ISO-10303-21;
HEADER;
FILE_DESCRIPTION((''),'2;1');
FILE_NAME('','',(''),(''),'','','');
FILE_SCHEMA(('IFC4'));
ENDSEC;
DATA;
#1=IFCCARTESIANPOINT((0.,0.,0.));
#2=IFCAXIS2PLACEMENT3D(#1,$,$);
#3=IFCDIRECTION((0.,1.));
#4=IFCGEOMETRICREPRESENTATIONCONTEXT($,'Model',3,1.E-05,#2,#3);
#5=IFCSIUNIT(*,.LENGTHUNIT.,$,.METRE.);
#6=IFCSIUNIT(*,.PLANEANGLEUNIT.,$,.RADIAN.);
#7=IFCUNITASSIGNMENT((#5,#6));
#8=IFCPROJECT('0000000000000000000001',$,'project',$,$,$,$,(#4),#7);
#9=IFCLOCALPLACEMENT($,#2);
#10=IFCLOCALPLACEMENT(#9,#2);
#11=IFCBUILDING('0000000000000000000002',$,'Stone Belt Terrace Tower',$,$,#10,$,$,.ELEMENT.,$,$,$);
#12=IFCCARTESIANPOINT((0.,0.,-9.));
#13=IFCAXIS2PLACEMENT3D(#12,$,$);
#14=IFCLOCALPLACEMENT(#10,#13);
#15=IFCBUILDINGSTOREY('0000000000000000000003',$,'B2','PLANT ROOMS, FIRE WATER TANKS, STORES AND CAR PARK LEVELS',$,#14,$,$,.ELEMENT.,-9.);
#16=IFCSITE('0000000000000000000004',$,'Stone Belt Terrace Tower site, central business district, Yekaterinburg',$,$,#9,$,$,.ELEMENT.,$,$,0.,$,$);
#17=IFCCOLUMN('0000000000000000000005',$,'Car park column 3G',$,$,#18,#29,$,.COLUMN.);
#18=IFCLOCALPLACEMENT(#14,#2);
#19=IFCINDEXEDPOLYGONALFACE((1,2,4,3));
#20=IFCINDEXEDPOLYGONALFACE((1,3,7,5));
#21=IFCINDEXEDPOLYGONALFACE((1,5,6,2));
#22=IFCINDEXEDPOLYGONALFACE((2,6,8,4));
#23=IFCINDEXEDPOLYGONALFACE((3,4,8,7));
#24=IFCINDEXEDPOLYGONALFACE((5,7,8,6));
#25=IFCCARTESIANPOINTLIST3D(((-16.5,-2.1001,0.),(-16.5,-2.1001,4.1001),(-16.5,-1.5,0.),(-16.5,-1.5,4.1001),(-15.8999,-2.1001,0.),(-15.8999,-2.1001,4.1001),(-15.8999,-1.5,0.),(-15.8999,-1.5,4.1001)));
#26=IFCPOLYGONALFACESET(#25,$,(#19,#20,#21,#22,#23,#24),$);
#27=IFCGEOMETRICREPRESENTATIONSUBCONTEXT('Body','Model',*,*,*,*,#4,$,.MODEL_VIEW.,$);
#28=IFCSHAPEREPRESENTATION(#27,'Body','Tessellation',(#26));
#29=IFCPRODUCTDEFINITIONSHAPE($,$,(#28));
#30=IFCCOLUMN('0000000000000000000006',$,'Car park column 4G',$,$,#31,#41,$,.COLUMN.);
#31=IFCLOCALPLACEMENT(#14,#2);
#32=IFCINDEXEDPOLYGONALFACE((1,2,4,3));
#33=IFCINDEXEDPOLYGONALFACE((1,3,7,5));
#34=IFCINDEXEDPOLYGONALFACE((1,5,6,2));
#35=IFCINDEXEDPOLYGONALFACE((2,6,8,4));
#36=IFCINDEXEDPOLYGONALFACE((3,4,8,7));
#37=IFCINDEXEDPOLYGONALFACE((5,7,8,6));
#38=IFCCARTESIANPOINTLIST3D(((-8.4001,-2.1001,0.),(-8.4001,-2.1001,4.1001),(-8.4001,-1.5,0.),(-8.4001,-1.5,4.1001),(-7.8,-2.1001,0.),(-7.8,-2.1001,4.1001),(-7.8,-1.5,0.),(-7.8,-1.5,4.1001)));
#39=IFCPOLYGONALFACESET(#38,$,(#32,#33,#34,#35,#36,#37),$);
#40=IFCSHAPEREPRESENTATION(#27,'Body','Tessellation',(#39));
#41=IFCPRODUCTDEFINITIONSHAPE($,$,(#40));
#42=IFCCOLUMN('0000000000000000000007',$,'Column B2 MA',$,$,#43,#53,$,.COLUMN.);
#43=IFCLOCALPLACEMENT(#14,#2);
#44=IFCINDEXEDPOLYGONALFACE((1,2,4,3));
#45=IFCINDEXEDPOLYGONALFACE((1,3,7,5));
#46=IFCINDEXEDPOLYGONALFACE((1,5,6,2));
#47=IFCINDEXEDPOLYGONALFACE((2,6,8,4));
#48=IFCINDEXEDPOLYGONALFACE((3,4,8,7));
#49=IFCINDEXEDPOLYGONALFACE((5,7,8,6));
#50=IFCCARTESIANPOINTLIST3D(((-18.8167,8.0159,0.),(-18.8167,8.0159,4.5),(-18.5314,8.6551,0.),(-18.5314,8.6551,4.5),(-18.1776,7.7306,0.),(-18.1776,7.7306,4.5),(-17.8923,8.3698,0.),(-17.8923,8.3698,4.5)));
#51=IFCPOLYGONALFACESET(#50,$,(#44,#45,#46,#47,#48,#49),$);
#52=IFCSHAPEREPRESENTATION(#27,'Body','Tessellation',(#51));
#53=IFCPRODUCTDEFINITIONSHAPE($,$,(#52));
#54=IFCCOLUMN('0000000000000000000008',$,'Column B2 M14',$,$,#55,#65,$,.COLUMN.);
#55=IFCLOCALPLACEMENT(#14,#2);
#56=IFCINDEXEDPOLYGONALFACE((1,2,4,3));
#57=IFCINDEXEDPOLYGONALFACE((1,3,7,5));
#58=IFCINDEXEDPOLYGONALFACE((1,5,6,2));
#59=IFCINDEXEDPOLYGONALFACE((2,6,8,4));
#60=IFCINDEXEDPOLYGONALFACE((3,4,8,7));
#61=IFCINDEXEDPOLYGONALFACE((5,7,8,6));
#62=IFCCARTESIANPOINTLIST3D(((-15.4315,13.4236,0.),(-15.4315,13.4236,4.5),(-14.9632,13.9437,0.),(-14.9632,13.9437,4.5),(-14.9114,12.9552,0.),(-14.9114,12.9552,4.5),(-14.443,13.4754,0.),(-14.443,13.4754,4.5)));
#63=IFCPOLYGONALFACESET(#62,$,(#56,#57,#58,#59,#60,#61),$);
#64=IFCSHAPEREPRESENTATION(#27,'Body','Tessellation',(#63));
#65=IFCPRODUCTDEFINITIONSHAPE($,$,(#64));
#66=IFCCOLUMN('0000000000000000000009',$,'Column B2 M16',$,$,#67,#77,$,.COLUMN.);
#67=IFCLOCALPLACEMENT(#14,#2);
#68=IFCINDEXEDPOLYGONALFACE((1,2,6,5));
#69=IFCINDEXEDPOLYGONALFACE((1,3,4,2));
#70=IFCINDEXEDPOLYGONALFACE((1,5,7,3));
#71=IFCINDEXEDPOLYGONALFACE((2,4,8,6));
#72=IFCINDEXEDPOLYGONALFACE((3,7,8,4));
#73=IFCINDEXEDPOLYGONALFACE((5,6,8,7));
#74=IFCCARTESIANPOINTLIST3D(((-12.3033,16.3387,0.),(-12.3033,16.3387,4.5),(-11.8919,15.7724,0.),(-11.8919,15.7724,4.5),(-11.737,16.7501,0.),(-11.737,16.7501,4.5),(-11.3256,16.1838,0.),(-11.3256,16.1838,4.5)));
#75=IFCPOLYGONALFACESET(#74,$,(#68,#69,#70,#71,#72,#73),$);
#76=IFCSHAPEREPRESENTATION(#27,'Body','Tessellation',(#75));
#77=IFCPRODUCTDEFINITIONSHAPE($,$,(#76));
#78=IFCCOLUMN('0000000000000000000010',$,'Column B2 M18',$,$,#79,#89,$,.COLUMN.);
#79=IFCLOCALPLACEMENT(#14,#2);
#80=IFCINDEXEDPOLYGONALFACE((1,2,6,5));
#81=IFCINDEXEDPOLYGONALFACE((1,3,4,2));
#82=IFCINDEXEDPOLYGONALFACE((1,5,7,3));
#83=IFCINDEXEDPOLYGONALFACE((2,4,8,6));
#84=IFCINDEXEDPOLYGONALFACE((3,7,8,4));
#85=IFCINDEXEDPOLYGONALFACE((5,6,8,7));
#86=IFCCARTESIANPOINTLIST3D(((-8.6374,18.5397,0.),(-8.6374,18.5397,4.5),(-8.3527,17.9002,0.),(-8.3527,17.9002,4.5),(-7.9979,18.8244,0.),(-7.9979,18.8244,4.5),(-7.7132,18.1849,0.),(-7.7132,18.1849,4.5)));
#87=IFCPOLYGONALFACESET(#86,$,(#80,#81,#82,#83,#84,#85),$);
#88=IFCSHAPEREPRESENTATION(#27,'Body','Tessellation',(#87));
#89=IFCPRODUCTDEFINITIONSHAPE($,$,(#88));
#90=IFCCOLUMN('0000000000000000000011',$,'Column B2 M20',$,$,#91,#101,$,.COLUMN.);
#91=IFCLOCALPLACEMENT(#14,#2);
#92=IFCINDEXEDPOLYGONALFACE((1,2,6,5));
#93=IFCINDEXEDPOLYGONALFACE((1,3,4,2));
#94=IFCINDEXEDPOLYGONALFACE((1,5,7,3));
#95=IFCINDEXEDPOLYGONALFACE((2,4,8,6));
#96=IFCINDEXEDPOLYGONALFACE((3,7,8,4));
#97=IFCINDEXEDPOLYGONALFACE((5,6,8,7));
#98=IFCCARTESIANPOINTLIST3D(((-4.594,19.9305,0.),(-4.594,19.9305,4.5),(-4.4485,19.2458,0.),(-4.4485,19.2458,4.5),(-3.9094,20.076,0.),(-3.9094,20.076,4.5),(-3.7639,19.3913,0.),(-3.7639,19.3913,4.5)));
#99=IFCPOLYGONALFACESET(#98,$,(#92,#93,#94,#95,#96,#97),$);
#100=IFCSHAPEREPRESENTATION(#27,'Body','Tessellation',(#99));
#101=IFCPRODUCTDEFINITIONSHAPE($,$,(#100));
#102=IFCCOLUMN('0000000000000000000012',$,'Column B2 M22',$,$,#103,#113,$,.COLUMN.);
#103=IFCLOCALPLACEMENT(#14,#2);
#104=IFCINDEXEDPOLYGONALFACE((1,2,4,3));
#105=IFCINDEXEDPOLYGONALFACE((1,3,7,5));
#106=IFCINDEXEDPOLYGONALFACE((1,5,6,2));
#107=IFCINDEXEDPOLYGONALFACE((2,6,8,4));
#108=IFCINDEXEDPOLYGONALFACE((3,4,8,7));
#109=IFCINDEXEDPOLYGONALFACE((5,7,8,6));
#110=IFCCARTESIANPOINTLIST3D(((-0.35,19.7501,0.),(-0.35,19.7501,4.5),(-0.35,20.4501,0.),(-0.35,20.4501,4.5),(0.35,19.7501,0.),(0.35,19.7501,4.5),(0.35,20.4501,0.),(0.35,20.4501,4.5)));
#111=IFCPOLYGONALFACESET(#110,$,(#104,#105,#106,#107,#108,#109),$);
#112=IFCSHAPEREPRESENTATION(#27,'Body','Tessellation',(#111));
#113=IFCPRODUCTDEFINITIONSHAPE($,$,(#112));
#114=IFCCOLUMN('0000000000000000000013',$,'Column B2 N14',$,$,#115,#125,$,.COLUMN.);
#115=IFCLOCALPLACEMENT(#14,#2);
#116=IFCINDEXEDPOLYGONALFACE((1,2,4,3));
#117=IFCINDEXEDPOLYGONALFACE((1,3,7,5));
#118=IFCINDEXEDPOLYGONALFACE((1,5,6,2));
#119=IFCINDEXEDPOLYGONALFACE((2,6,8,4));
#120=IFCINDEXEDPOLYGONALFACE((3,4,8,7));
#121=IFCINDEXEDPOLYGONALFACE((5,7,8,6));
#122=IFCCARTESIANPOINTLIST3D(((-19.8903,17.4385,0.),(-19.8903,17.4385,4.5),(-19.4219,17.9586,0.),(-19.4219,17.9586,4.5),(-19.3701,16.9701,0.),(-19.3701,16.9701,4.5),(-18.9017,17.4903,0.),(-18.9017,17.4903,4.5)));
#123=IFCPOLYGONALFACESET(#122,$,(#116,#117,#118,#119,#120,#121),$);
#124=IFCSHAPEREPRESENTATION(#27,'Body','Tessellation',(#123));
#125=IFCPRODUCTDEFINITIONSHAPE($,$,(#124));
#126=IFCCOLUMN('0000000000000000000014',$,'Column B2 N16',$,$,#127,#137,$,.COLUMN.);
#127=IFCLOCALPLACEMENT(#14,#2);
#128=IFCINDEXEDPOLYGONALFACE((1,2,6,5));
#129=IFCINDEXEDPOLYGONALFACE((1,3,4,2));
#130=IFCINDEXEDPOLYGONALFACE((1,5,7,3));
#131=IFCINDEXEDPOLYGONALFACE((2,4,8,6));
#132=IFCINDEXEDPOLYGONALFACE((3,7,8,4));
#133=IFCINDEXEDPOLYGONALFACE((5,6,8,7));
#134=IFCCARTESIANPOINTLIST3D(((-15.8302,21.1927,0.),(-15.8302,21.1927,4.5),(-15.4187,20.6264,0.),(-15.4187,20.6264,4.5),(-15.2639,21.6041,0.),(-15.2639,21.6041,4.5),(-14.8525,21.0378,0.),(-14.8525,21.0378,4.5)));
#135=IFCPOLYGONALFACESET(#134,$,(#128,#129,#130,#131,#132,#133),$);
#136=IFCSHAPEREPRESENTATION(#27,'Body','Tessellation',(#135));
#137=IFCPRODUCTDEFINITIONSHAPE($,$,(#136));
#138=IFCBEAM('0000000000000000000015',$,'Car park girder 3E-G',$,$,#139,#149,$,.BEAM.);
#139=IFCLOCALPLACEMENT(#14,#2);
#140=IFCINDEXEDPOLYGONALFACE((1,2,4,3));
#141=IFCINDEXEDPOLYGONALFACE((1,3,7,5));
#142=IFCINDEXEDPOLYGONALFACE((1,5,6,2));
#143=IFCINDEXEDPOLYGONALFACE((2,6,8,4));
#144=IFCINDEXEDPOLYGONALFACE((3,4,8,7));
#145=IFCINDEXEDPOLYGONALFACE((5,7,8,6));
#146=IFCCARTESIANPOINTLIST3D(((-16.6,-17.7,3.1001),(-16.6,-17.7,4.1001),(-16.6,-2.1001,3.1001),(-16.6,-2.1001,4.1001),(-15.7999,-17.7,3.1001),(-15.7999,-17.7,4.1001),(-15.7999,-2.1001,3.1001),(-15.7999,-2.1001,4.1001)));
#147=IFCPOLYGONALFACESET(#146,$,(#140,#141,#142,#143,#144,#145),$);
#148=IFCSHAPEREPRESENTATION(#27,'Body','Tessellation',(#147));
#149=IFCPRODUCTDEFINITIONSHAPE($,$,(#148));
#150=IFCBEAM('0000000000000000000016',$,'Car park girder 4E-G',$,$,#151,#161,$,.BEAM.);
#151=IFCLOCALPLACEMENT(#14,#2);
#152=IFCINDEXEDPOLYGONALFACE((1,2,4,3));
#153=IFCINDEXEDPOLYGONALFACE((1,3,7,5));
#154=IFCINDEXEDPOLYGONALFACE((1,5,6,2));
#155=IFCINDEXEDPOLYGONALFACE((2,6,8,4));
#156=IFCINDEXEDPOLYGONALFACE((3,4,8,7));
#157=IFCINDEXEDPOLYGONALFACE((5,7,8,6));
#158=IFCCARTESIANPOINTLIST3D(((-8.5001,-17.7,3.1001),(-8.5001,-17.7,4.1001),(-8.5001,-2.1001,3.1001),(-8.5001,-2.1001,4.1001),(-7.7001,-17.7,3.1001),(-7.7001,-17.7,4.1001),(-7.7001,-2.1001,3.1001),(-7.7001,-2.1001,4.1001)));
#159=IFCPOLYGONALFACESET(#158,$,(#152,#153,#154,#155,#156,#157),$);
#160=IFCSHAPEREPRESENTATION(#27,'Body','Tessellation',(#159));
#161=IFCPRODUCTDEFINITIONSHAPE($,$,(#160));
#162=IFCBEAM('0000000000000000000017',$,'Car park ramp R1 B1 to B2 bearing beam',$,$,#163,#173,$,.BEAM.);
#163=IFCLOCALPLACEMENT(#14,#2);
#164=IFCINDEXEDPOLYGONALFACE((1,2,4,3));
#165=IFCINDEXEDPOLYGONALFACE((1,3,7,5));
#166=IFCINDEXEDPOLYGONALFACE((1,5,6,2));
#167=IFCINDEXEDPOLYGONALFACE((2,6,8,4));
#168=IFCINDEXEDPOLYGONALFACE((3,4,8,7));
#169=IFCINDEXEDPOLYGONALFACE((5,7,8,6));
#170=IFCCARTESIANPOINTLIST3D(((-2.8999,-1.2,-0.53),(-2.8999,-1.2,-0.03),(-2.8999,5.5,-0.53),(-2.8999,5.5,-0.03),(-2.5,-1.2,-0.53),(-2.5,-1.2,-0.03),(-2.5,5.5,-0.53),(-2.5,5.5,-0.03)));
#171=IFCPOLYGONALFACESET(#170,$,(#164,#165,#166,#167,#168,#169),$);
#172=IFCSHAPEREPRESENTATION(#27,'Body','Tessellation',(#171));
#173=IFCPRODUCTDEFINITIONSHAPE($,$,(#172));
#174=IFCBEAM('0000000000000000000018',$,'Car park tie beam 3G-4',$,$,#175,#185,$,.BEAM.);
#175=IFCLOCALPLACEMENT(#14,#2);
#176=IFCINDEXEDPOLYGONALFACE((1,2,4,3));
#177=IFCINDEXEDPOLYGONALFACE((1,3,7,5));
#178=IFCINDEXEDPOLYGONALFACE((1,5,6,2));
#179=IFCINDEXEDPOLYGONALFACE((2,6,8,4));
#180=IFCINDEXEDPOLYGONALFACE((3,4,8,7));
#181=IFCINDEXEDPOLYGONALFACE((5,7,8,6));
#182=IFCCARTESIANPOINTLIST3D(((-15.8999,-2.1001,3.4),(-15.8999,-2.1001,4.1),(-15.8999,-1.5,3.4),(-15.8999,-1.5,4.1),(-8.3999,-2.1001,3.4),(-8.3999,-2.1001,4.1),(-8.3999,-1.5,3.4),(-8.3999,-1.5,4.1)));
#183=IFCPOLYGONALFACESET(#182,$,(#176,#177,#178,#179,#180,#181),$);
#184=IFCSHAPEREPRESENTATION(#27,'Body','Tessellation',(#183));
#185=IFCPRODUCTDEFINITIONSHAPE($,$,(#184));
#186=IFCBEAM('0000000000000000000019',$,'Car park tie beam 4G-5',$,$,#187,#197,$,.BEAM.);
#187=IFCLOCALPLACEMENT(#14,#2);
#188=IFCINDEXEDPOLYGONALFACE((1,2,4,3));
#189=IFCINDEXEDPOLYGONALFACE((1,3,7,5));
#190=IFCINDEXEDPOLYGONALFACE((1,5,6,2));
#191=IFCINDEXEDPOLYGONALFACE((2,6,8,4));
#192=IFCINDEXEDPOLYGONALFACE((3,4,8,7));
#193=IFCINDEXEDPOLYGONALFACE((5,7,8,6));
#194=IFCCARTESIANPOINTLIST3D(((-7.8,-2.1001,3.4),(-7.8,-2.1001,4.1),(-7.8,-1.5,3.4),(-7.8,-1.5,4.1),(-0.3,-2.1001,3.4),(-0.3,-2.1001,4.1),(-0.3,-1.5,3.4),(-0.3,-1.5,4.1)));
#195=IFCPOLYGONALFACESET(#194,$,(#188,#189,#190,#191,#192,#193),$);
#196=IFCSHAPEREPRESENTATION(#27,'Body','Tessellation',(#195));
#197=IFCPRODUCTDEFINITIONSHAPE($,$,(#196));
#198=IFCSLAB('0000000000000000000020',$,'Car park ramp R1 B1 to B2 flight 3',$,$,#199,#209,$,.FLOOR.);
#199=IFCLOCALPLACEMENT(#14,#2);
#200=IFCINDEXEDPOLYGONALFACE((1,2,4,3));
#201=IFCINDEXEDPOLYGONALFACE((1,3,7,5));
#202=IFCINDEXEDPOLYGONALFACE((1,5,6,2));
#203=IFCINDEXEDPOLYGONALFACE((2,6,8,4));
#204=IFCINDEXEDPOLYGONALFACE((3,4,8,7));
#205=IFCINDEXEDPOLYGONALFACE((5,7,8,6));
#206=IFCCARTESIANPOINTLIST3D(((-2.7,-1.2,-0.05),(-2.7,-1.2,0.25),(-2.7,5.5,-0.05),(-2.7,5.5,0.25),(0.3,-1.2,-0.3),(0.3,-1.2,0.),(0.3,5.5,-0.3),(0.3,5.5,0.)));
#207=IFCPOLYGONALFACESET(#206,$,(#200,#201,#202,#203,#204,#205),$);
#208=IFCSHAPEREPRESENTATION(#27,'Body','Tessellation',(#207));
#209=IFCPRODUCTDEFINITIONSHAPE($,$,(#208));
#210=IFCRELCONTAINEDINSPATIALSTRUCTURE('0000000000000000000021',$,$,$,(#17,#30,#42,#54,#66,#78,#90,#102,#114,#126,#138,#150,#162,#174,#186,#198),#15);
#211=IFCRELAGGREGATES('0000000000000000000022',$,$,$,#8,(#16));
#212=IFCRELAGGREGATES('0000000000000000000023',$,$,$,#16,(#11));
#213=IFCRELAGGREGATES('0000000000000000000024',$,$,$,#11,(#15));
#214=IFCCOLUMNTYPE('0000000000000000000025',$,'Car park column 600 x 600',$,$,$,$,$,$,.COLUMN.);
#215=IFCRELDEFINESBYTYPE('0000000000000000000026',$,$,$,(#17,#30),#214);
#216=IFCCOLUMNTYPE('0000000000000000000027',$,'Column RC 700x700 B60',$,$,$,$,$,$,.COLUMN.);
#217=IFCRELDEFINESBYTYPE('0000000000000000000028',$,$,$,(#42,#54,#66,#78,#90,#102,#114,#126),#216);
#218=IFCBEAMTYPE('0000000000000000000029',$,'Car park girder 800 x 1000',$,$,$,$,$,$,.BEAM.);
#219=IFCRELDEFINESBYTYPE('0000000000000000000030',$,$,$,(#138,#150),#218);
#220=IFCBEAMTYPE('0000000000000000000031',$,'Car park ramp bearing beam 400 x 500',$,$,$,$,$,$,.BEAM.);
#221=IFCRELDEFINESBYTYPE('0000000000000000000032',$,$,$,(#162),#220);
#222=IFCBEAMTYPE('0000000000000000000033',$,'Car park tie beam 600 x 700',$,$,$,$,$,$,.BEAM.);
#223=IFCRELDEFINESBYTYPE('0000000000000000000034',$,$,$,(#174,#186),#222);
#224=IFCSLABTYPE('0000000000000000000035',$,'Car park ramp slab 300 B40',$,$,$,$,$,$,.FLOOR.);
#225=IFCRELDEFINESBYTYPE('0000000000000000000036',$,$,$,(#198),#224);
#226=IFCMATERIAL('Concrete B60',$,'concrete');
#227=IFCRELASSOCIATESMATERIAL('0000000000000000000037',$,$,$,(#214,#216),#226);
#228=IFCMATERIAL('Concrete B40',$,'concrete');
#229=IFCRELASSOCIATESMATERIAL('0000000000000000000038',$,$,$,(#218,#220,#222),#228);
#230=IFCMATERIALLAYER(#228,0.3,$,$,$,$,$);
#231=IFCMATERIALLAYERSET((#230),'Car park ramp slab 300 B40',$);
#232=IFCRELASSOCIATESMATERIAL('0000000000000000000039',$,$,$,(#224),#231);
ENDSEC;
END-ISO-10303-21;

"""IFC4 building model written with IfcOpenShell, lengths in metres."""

from ifc_helpers import new_model, si_unit, direction, frame, origin, origin_2d, place, context, subcontext, project, spatial, polyline, rectangle, outline, extrude, material, layer, layer_set, material_profile, profile_set, type_object, element, save


model = new_model("IFC4")

# Units and contexts
model_context = context("Model", 3, precision=1e-05, world=origin(), true_north=direction((0.0, 1.0)))
body_context = subcontext(model_context, "Body", "Model", "MODEL_VIEW")
ifc_project = project(units=[si_unit("LENGTHUNIT", "METRE"), si_unit("PLANEANGLEUNIT", "RADIAN")], contexts=[model_context])

# Site, building, storey
site_placement = place(None, origin())
site = spatial("IfcSite", under=ifc_project, at=site_placement, Name="Stone Belt Terrace Tower site, central business district, Yekaterinburg", CompositionType="ELEMENT", RefElevation=0.0)
building_placement = place(site_placement, origin())
building = spatial("IfcBuilding", under=site, at=building_placement, Name="Stone Belt Terrace Tower", CompositionType="ELEMENT")
storey_placement = place(building_placement, frame((0.0, 0.0, -9.0)))
storey = spatial("IfcBuildingStorey", under=building, at=storey_placement, Name="B2", Description="PLANT ROOMS, FIRE WATER TANKS, STORES AND CAR PARK LEVELS", CompositionType="ELEMENT", Elevation=-9.0)

# Columns
ifc_material_1 = material(Name="Concrete B60", Category="concrete")
ifc_material_profile_1 = material_profile(ifc_material_1, rectangle(XDim=0.6001, YDim=0.6001, at=origin_2d()), Name="Car park column 600 x 600")
ifc_profile_set_1 = profile_set([ifc_material_profile_1], Name="Concrete B60")
column_type_1 = type_object("IfcColumnType", Name="Car park column 600 x 600", PredefinedType="COLUMN", material=ifc_profile_set_1)
for number, where, z_axis, x_axis, name in (
    (1, (-16.2, -1.8, 0.0), (0.0, 0.0, 1.0), (1.0, 0.0, 0.0), "Car park column 3G"),
    (2, (-8.1001, -1.8, 0.0), (0.0, 0.0, 1.0), (1.0, 0.0, 0.0), "Car park column 4G"),
):
    element("IfcColumn", number, at=place(storey_placement, frame(where, z_axis=z_axis, x_axis=x_axis)), inside=storey, type_object=column_type_1, Name=name, PredefinedType="COLUMN", context=body_context, shape_type="SweptSolid", body=[
        extrude(rectangle(XDim=0.6001, YDim=0.6001, at=origin_2d()), origin(), (0.0, 0.0, 1.0), 4.1001),
    ])
ifc_material_profile_2 = material_profile(ifc_material_1, rectangle(XDim=0.7, YDim=0.7, at=origin_2d()), Name="RC 700x700")
ifc_profile_set_2 = profile_set([ifc_material_profile_2], Name="Concrete B60")
column_type_2 = type_object("IfcColumnType", Name="Column RC 700x700 B60", PredefinedType="COLUMN", material=ifc_profile_set_2)
for number, where, z_axis, x_axis, name in (
    (3, (-18.3545, 8.1929, 0.0), (0.0, 0.0, 1.0), (0.407599, 0.913161, 0.0), "Column B2 MA"),
    (4, (-14.9373, 13.4495, 0.0), (0.0, 0.0, 1.0), (0.669131, 0.743145, 0.0), "Column B2 M14"),
    (5, (-11.8145, 16.2612, 0.0), (0.0, 0.0, 1.0), (0.809017, 0.587785, 0.0), "Column B2 M16"),
    (6, (-8.1753, 18.3623, 0.0), (0.0, 0.0, 1.0), (0.913545, 0.406737, 0.0), "Column B2 M18"),
    (7, (-4.179, 19.6609, 0.0), (0.0, 0.0, 1.0), (0.978148, 0.207912, 0.0), "Column B2 M20"),
    (8, (0.0, 20.1001, 0.0), (0.0, 0.0, 1.0), (1.0, 0.0, 0.0), "Column B2 M22"),
    (9, (-19.396, 17.4644, 0.0), (0.0, 0.0, 1.0), (0.669131, 0.743145, 0.0), "Column B2 N14"),
    (10, (-15.3413, 21.1152, 0.0), (0.0, 0.0, 1.0), (0.809017, 0.587785, 0.0), "Column B2 N16"),
):
    element("IfcColumn", number, at=place(storey_placement, frame(where, z_axis=z_axis, x_axis=x_axis)), inside=storey, type_object=column_type_2, Name=name, PredefinedType="COLUMN", context=body_context, shape_type="SweptSolid", body=[
        extrude(rectangle(XDim=0.7, YDim=0.7, at=origin_2d()), origin(), (0.0, 0.0, 1.0), 4.5),
    ])

# Beams
ifc_material_2 = material(Name="Concrete B40", Category="concrete")
ifc_material_profile_3 = material_profile(ifc_material_2, rectangle(XDim=0.8, YDim=1.0, at=origin_2d()), Name="Car park girder 800 x 1000")
ifc_profile_set_3 = profile_set([ifc_material_profile_3], Name="Concrete B40")
beam_type_1 = type_object("IfcBeamType", Name="Car park girder 800 x 1000", PredefinedType="BEAM", material=ifc_profile_set_3)
for number, where, z_axis, x_axis, name in (
    (11, (-16.2, -17.7, 3.6001), (0.0, 1.0, 0.0), (-1.0, 0.0, 0.0), "Car park girder 3E-G"),
    (12, (-8.1001, -17.7, 3.6001), (0.0, 1.0, 0.0), (-1.0, 0.0, 0.0), "Car park girder 4E-G"),
):
    element("IfcBeam", number, at=place(storey_placement, frame(where, z_axis=z_axis, x_axis=x_axis)), inside=storey, type_object=beam_type_1, Name=name, PredefinedType="BEAM", context=body_context, shape_type="SweptSolid", body=[
        extrude(rectangle(XDim=0.8, YDim=1.0, at=origin_2d()), origin(), (0.0, 0.0, 1.0), 15.5999),
    ])
ifc_material_profile_4 = material_profile(ifc_material_2, rectangle(XDim=0.3999, YDim=0.5, at=origin_2d()), Name="Car park ramp bearing beam 400 x 500")
ifc_profile_set_4 = profile_set([ifc_material_profile_4], Name="Concrete B40")
beam_type_2 = type_object("IfcBeamType", Name="Car park ramp bearing beam 400 x 500", PredefinedType="BEAM", material=ifc_profile_set_4)
beam_placement = place(storey_placement, frame((-2.7, -1.2, -0.28), z_axis=(0.0, 1.0, 0.0), x_axis=(-1.0, 0.0, 0.0)))
element("IfcBeam", 13, at=beam_placement, inside=storey, type_object=beam_type_2, Name="Car park ramp R1 B1 to B2 bearing beam", PredefinedType="BEAM", context=body_context, shape_type="SweptSolid", body=[
    extrude(rectangle(XDim=0.3999, YDim=0.5, at=origin_2d()), origin(), (0.0, 0.0, 1.0), 6.7),
])
ifc_material_profile_5 = material_profile(ifc_material_2, rectangle(XDim=0.6001, YDim=0.7, at=origin_2d()), Name="Car park tie beam 600 x 700")
ifc_profile_set_5 = profile_set([ifc_material_profile_5], Name="Concrete B40")
beam_type_3 = type_object("IfcBeamType", Name="Car park tie beam 600 x 700", PredefinedType="BEAM", material=ifc_profile_set_5)
for number, where, z_axis, x_axis, name in (
    (14, (-15.8999, -1.8, 3.75), (1.0, 0.0, 0.0), (0.0, 1.0, 0.0), "Car park tie beam 3G-4"),
    (15, (-7.8, -1.8, 3.75), (1.0, 0.0, 0.0), (0.0, 1.0, 0.0), "Car park tie beam 4G-5"),
):
    element("IfcBeam", number, at=place(storey_placement, frame(where, z_axis=z_axis, x_axis=x_axis)), inside=storey, type_object=beam_type_3, Name=name, PredefinedType="BEAM", context=body_context, shape_type="SweptSolid", body=[
        extrude(rectangle(XDim=0.6001, YDim=0.7, at=origin_2d()), origin(), (0.0, 0.0, 1.0), 7.5),
    ])

# Slab
ifc_layer_1 = layer(ifc_material_2, 0.3)
ifc_layer_set_1 = layer_set([ifc_layer_1], Name="Car park ramp slab 300 B40")
slab_type = type_object("IfcSlabType", Name="Car park ramp slab 300 B40", PredefinedType="FLOOR", material=ifc_layer_set_1)
slab_placement = place(storey_placement, frame((-2.7, -1.2, -0.05), z_axis=(0.0, -1.0, 0.0), x_axis=(0.996546, 0.0, -0.083045)))
element("IfcSlab", 16, at=slab_placement, inside=storey, type_object=slab_type, Name="Car park ramp R1 B1 to B2 flight 3", PredefinedType="FLOOR", context=body_context, shape_type="SweptSolid", body=[
    extrude(outline(polyline([(0.0, 0.0), (3.0104, 0.0), (2.9855, 0.299), (-0.0249, 0.299), (0.0, 0.0)])), origin(), (0.0, 0.0, -1.0), 6.7),
])

save(model, "model.ifc")
